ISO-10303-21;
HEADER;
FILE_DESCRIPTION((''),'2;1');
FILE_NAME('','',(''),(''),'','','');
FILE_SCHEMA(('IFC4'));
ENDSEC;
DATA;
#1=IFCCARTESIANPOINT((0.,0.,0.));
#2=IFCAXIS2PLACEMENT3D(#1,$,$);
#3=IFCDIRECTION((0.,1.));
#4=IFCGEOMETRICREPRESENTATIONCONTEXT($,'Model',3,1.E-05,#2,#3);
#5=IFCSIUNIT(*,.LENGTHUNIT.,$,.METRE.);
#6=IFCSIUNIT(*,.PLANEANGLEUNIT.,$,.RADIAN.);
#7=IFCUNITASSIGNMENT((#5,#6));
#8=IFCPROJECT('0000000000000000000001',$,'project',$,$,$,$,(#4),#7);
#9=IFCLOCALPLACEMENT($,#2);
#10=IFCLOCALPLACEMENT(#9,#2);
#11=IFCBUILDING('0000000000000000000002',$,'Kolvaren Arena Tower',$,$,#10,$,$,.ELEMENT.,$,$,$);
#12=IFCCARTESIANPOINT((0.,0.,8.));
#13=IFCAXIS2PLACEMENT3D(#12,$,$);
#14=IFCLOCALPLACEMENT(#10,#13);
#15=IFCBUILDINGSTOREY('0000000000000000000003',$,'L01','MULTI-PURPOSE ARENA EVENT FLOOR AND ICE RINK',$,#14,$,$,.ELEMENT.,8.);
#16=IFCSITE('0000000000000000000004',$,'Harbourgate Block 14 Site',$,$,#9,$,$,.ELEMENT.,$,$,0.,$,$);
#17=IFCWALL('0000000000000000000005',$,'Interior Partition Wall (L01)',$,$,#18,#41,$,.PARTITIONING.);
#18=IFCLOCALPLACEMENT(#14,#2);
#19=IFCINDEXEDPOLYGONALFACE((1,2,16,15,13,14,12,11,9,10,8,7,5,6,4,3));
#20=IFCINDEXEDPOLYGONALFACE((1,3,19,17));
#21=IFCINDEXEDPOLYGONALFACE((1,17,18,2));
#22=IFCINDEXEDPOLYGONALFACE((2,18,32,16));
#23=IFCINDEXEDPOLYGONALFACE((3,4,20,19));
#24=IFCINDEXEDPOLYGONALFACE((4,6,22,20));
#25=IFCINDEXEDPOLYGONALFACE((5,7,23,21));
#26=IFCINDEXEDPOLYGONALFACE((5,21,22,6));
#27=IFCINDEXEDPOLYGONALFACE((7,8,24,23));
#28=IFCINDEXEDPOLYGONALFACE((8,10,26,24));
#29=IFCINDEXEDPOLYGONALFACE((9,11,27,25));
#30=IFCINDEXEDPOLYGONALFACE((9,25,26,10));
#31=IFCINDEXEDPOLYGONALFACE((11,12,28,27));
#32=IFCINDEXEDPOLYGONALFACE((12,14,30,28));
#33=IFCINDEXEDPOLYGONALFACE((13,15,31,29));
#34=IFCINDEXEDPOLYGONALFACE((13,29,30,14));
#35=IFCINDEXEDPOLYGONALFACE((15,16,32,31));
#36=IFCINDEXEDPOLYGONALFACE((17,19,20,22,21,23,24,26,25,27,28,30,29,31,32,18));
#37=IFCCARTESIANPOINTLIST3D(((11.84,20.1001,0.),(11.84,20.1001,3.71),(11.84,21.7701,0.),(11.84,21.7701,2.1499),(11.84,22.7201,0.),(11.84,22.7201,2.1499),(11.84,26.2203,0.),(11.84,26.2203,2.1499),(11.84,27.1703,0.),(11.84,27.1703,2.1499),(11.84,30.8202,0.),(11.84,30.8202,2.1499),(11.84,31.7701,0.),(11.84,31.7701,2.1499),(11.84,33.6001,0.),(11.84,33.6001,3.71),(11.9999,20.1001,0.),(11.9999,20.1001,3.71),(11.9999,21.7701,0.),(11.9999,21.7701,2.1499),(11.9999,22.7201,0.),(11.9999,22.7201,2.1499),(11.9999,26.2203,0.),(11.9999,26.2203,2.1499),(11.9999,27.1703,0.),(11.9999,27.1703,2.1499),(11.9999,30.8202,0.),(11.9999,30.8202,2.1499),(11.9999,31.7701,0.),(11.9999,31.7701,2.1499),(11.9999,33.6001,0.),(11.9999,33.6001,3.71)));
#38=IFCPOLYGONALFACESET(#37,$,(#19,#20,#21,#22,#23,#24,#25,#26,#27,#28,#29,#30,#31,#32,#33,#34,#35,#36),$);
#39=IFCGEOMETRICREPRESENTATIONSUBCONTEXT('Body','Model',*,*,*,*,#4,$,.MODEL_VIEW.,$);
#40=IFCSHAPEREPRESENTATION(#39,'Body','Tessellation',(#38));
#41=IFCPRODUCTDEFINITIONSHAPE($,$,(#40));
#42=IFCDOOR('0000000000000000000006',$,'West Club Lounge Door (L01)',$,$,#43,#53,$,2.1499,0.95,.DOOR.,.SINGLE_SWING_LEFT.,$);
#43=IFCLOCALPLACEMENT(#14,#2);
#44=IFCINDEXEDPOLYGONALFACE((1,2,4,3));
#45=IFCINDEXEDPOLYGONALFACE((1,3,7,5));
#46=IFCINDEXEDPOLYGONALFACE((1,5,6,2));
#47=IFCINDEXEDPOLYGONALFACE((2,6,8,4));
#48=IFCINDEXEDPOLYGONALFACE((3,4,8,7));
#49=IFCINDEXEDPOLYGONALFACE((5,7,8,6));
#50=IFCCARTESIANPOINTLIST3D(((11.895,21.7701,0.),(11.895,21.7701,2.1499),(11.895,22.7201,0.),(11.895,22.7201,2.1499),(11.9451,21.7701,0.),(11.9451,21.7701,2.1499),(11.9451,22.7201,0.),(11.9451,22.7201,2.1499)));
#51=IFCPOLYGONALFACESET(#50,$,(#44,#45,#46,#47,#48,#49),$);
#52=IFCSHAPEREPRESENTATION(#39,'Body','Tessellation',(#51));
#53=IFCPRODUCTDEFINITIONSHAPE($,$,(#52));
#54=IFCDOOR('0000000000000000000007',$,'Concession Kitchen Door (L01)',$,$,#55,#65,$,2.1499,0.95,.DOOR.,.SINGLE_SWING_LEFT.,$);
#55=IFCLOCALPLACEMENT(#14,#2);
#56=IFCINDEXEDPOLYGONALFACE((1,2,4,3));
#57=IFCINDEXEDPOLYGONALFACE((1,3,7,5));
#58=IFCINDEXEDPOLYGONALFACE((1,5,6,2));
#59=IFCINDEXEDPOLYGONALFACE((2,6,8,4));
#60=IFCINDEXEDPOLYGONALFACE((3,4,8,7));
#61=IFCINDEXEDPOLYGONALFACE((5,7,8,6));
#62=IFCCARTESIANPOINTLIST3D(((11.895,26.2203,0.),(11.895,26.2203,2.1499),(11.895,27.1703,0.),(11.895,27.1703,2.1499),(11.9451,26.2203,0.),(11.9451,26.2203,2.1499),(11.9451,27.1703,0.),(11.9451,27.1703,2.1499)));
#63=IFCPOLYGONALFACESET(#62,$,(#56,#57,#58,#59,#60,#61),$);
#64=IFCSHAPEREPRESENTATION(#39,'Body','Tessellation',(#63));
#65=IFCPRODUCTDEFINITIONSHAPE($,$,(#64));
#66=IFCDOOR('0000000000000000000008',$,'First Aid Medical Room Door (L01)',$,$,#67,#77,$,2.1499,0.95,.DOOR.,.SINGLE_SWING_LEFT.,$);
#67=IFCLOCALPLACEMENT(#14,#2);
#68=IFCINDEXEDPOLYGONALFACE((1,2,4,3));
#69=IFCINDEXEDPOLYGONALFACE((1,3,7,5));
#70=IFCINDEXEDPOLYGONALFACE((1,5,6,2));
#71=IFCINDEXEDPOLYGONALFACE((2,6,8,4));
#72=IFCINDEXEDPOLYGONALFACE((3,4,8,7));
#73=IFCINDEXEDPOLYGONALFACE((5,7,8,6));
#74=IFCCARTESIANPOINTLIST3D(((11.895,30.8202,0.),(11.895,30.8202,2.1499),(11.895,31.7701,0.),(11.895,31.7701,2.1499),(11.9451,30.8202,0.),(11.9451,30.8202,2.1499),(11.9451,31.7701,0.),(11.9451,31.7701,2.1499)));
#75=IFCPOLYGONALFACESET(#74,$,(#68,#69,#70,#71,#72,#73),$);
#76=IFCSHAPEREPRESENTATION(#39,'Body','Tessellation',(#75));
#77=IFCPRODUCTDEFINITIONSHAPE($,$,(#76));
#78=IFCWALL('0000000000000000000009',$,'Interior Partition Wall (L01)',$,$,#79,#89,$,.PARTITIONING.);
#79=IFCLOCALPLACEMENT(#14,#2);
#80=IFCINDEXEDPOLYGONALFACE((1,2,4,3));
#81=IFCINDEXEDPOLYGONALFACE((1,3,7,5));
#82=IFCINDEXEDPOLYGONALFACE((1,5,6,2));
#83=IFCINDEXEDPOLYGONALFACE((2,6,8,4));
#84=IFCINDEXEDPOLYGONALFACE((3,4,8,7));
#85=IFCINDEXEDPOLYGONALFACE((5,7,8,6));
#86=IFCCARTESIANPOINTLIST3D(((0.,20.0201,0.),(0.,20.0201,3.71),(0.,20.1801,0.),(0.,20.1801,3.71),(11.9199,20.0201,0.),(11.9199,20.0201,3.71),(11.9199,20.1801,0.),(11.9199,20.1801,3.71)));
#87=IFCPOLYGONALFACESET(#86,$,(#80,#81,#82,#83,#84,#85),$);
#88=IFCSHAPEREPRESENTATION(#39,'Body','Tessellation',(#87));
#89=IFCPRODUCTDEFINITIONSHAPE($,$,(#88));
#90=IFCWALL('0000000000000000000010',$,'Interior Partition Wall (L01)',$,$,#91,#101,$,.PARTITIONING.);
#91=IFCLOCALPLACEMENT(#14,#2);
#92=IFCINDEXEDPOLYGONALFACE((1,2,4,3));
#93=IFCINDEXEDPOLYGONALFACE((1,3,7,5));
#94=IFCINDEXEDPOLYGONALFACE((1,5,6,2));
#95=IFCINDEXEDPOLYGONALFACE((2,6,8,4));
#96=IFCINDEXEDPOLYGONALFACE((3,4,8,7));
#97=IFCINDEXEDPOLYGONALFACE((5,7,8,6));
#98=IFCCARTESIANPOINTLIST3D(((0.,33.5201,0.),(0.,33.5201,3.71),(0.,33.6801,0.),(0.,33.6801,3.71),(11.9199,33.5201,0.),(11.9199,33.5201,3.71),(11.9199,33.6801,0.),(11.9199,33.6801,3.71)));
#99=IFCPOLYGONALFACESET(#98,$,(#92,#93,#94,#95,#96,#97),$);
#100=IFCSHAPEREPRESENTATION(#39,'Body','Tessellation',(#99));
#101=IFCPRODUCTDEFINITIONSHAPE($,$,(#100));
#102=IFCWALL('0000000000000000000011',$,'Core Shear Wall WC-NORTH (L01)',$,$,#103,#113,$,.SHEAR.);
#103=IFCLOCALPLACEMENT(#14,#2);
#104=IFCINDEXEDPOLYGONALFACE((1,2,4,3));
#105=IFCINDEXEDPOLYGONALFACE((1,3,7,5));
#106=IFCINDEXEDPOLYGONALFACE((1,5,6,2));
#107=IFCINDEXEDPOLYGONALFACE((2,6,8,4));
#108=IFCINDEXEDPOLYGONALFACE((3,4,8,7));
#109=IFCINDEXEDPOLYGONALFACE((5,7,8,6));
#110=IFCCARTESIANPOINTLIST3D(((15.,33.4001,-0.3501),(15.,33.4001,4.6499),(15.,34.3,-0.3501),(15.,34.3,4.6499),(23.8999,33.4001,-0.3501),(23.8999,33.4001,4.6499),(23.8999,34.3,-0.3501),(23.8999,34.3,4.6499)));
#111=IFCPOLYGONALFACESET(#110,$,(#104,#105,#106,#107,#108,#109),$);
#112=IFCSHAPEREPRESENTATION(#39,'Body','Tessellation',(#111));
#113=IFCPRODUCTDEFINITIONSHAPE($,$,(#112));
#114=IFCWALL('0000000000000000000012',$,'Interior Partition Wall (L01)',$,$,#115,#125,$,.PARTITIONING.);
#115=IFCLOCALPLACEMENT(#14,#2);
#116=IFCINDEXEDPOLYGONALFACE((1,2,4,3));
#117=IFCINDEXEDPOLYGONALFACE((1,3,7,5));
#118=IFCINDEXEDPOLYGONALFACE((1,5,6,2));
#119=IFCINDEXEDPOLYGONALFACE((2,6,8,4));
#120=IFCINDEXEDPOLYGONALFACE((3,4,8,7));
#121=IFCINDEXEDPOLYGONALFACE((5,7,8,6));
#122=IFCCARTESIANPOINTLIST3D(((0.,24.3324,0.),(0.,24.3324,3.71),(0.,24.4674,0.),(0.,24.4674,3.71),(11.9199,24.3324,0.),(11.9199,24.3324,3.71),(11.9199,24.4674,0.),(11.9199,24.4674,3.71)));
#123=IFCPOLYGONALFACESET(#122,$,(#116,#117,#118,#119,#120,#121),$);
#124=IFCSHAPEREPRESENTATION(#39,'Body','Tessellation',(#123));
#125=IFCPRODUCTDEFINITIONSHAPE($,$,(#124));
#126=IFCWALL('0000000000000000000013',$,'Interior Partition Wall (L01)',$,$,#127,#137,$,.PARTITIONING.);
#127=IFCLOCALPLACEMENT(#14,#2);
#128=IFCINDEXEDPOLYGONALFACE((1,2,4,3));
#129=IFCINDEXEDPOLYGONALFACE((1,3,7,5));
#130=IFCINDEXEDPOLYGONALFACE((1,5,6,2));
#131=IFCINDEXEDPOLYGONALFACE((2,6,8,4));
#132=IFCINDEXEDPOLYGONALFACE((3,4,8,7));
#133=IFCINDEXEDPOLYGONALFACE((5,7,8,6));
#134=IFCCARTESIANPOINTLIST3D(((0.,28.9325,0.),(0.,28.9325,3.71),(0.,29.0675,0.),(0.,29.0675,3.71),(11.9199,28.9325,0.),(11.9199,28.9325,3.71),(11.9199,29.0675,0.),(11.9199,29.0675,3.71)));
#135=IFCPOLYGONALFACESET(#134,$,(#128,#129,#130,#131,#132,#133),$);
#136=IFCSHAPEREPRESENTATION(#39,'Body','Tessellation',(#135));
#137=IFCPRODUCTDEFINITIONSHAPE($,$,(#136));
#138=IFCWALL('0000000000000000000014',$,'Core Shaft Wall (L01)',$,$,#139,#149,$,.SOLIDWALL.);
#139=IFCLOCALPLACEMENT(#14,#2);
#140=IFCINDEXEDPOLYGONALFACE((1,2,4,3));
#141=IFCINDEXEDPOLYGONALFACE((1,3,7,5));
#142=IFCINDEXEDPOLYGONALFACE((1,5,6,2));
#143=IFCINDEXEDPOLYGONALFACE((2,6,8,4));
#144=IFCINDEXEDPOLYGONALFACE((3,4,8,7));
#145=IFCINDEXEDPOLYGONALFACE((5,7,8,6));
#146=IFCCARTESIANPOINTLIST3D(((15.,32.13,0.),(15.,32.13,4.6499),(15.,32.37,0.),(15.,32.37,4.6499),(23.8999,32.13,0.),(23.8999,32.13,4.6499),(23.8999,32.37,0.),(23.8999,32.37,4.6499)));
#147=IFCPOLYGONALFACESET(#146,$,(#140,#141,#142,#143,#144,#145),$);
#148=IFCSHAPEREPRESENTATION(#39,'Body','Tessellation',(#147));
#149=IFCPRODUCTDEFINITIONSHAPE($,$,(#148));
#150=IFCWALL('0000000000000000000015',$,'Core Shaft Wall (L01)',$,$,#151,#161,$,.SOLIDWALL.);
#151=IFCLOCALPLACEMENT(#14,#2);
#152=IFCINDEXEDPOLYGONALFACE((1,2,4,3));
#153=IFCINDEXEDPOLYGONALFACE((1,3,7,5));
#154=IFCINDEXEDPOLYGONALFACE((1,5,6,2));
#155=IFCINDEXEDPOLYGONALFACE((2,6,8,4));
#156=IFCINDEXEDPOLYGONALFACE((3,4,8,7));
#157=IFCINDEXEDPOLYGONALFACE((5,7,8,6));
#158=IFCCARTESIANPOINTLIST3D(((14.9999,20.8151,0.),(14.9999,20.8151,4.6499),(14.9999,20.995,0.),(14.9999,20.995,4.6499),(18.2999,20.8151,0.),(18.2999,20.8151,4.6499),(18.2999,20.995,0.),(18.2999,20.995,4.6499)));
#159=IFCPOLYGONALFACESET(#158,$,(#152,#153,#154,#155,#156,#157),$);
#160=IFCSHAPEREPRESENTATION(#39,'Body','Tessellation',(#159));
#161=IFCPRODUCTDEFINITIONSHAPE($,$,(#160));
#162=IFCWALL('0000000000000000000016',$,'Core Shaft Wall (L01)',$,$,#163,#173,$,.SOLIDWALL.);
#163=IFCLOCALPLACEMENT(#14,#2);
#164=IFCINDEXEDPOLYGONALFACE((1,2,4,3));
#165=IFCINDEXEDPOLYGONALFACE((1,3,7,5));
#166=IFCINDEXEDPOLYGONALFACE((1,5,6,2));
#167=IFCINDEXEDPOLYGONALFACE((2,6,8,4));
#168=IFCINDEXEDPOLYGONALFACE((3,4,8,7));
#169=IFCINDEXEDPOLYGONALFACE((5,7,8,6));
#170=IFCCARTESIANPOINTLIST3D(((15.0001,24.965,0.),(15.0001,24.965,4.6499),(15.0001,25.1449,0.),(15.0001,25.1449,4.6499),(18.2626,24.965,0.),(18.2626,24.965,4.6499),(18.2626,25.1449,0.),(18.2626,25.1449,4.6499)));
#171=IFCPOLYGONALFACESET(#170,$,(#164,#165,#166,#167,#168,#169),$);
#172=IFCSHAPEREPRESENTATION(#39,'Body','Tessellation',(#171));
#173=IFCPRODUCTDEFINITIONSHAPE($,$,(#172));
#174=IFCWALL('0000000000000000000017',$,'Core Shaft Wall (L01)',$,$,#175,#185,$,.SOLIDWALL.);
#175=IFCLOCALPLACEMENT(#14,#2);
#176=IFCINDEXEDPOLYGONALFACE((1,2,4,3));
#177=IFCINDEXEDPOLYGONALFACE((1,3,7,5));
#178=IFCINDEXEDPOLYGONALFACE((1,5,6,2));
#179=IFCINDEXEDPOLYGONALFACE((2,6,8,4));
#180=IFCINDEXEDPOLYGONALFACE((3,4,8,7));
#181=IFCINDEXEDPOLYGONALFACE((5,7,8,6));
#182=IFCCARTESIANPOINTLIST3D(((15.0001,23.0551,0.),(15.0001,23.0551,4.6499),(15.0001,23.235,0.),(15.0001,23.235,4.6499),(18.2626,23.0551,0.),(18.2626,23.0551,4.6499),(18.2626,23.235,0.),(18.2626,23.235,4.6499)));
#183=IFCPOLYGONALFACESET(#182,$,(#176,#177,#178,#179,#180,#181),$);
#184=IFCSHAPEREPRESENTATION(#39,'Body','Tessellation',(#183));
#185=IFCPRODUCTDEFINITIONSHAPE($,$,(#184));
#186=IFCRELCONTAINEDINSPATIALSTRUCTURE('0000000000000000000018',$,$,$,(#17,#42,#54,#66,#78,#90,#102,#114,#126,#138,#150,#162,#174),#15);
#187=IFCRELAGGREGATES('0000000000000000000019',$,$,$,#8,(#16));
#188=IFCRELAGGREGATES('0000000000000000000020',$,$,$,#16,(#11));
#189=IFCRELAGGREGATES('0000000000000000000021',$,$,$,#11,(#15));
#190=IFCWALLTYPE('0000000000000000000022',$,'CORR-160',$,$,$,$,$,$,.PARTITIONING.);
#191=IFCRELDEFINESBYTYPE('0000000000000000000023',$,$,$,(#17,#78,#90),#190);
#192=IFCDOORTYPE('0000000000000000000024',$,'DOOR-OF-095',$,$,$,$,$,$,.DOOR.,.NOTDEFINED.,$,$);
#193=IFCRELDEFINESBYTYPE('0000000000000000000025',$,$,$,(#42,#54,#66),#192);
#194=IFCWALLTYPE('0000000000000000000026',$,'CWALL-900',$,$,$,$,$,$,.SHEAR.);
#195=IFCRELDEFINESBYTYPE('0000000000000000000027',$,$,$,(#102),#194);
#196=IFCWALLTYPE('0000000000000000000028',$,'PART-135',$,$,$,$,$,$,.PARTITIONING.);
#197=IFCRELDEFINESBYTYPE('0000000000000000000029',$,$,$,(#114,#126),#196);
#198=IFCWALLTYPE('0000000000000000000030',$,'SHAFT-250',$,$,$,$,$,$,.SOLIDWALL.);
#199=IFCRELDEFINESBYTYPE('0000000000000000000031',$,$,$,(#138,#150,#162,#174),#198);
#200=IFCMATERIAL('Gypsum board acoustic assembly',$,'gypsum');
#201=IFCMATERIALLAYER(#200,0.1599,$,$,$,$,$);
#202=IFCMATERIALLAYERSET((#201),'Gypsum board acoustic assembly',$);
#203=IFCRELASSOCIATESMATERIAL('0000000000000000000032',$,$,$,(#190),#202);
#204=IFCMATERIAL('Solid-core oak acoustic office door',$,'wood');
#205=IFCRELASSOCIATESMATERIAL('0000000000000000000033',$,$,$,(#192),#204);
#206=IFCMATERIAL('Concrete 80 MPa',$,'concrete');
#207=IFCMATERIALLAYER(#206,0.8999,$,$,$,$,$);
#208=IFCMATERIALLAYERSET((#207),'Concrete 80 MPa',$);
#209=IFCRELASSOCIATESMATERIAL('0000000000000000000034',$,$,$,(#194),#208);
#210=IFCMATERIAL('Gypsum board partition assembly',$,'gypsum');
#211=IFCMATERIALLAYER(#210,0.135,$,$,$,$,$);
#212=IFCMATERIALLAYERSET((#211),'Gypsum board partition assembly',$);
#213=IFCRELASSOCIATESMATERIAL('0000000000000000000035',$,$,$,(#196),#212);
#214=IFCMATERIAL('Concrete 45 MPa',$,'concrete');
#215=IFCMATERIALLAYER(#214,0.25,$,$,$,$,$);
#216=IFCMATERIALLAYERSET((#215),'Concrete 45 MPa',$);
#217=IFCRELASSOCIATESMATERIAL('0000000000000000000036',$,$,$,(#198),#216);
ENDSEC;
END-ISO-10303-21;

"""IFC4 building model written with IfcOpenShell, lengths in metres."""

from ifc_helpers import new_model, si_unit, direction, frame, frame_2d, origin, place, context, subcontext, project, spatial, rectangle, extrude, material, layer, layer_set, type_object, element, fill, save


model = new_model("IFC4")

# Units and contexts
model_context = context("Model", 3, precision=1e-05, world=origin(), true_north=direction((0.0, 1.0)))
body_context = subcontext(model_context, "Body", "Model", "MODEL_VIEW")
ifc_project = project(units=[si_unit("LENGTHUNIT", "METRE"), si_unit("PLANEANGLEUNIT", "RADIAN")], contexts=[model_context])

# Site, building, storey
site_placement = place(None, origin())
site = spatial("IfcSite", under=ifc_project, at=site_placement, Name="Harbourgate Block 14 Site", CompositionType="ELEMENT", RefElevation=0.0)
building_placement = place(site_placement, origin())
building = spatial("IfcBuilding", under=site, at=building_placement, Name="Kolvaren Arena Tower", CompositionType="ELEMENT")
storey_placement = place(building_placement, frame((0.0, 0.0, 8.0)))
storey = spatial("IfcBuildingStorey", under=building, at=storey_placement, Name="L01", Description="MULTI-PURPOSE ARENA EVENT FLOOR AND ICE RINK", CompositionType="ELEMENT", Elevation=8.0)

# Wall, openings, doors
ifc_material_1 = material(Name="Gypsum board acoustic assembly", Category="gypsum")
ifc_layer_1 = layer(ifc_material_1, 0.1599)
ifc_layer_set_1 = layer_set([ifc_layer_1], Name="Gypsum board acoustic assembly")
wall_type_1 = type_object("IfcWallType", Name="CORR-160", PredefinedType="PARTITIONING", material=ifc_layer_set_1)
wall_1_placement = place(storey_placement, frame((11.9199, 20.1001, 0.0), z_axis=(0.0, 0.0, 1.0), x_axis=(0.0, 1.0, 0.0)))
wall_1 = element("IfcWall", 1, at=wall_1_placement, inside=storey, type_object=wall_type_1, Name="Interior Partition Wall (L01)", PredefinedType="PARTITIONING", context=body_context, shape_type="SweptSolid", body=[
    extrude(rectangle(XDim=13.5, YDim=0.1599, at=frame_2d((6.75, 0.0))), origin(), (0.0, 0.0, 1.0), 3.71),
])
opening_1_placement = place(wall_1_placement, frame((1.6699, 0.0, 0.0)))
opening_1 = element("IfcOpeningElement", 2, at=opening_1_placement, cuts=wall_1, PredefinedType="OPENING", context=body_context, shape_type="SweptSolid", body=[
    extrude(rectangle(XDim=0.95, YDim=2.1499, at=frame_2d((0.4751, 1.075))), frame((0.0, 0.0898, 0.0), z_axis=(0.0, -1.0, 0.0), x_axis=(1.0, 0.0, 0.0)), (0.0, 0.0, 1.0), 0.1799),
])
opening_2_placement = place(wall_1_placement, frame((6.1201, 0.0, 0.0)))
opening_2 = element("IfcOpeningElement", 3, at=opening_2_placement, cuts=wall_1, PredefinedType="OPENING", context=body_context, shape_type="SweptSolid", body=[
    extrude(rectangle(XDim=0.95, YDim=2.1499, at=frame_2d((0.4751, 1.075))), frame((0.0, 0.0898, 0.0), z_axis=(0.0, -1.0, 0.0), x_axis=(1.0, 0.0, 0.0)), (0.0, 0.0, 1.0), 0.1799),
])
opening_3_placement = place(wall_1_placement, frame((10.72, 0.0, 0.0)))
opening_3 = element("IfcOpeningElement", 4, at=opening_3_placement, cuts=wall_1, PredefinedType="OPENING", context=body_context, shape_type="SweptSolid", body=[
    extrude(rectangle(XDim=0.95, YDim=2.1499, at=frame_2d((0.4751, 1.075))), frame((0.0, 0.0898, 0.0), z_axis=(0.0, -1.0, 0.0), x_axis=(1.0, 0.0, 0.0)), (0.0, 0.0, 1.0), 0.1799),
])
ifc_material_2 = material(Name="Solid-core oak acoustic office door", Category="wood")
door_type_1 = type_object("IfcDoorType", Name="DOOR-OF-095", OperationType="NOTDEFINED", PredefinedType="DOOR", material=ifc_material_2)
door_1_placement = place(opening_1_placement, origin())
door_1 = element("IfcDoor", 5, at=door_1_placement, inside=storey, type_object=door_type_1, Name="West Club Lounge Door (L01)", OperationType="SINGLE_SWING_LEFT", OverallHeight=2.1499, OverallWidth=0.95, PredefinedType="DOOR", context=body_context, shape_type="SweptSolid", body=[
    extrude(rectangle(XDim=0.95, YDim=2.1499, at=frame_2d((0.4751, 1.075))), frame((0.0, 0.0249, 0.0), z_axis=(0.0, -1.0, 0.0), x_axis=(1.0, 0.0, 0.0)), (0.0, 0.0, 1.0), 0.05),
])
fill(opening_1, door_1)
door_2_placement = place(opening_2_placement, origin())
door_2 = element("IfcDoor", 6, at=door_2_placement, inside=storey, type_object=door_type_1, Name="Concession Kitchen Door (L01)", OperationType="SINGLE_SWING_LEFT", OverallHeight=2.1499, OverallWidth=0.95, PredefinedType="DOOR", context=body_context, shape_type="SweptSolid", body=[
    extrude(rectangle(XDim=0.95, YDim=2.1499, at=frame_2d((0.4751, 1.075))), frame((0.0, 0.0249, 0.0), z_axis=(0.0, -1.0, 0.0), x_axis=(1.0, 0.0, 0.0)), (0.0, 0.0, 1.0), 0.05),
])
fill(opening_2, door_2)
door_3_placement = place(opening_3_placement, origin())
door_3 = element("IfcDoor", 7, at=door_3_placement, inside=storey, type_object=door_type_1, Name="First Aid Medical Room Door (L01)", OperationType="SINGLE_SWING_LEFT", OverallHeight=2.1499, OverallWidth=0.95, PredefinedType="DOOR", context=body_context, shape_type="SweptSolid", body=[
    extrude(rectangle(XDim=0.95, YDim=2.1499, at=frame_2d((0.4751, 1.075))), frame((0.0, 0.0249, 0.0), z_axis=(0.0, -1.0, 0.0), x_axis=(1.0, 0.0, 0.0)), (0.0, 0.0, 1.0), 0.05),
])
fill(opening_3, door_3)

# Walls
for number, where, z_axis, x_axis, name in (
    (8, (0.0, 20.1001, 0.0), (0.0, 0.0, 1.0), (1.0, 0.0, 0.0), "Interior Partition Wall (L01)"),
    (9, (0.0, 33.6001, 0.0), (0.0, 0.0, 1.0), (1.0, 0.0, 0.0), "Interior Partition Wall (L01)"),
):
    element("IfcWall", number, at=place(storey_placement, frame(where, z_axis=z_axis, x_axis=x_axis)), inside=storey, type_object=wall_type_1, Name=name, PredefinedType="PARTITIONING", context=body_context, shape_type="SweptSolid", body=[
        extrude(rectangle(XDim=11.9199, YDim=0.1599, at=frame_2d((5.96, 0.0))), origin(), (0.0, 0.0, 1.0), 3.71),
    ])
ifc_material_3 = material(Name="Concrete 80 MPa", Category="concrete")
ifc_layer_2 = layer(ifc_material_3, 0.8999)
ifc_layer_set_2 = layer_set([ifc_layer_2], Name="Concrete 80 MPa")
wall_type_2 = type_object("IfcWallType", Name="CWALL-900", PredefinedType="SHEAR", material=ifc_layer_set_2)
wall_2_placement = place(storey_placement, frame((15.0, 33.8501, -0.3501), z_axis=(0.0, 0.0, 1.0), x_axis=(1.0, 0.0, 0.0)))
element("IfcWall", 10, at=wall_2_placement, inside=storey, type_object=wall_type_2, Name="Core Shear Wall WC-NORTH (L01)", PredefinedType="SHEAR", context=body_context, shape_type="SweptSolid", body=[
    extrude(rectangle(XDim=8.8999, YDim=0.8999, at=frame_2d((4.45, 0.0))), origin(), (0.0, 0.0, 1.0), 5.0),
])
ifc_material_4 = material(Name="Gypsum board partition assembly", Category="gypsum")
ifc_layer_3 = layer(ifc_material_4, 0.135)
ifc_layer_set_3 = layer_set([ifc_layer_3], Name="Gypsum board partition assembly")
wall_type_3 = type_object("IfcWallType", Name="PART-135", PredefinedType="PARTITIONING", material=ifc_layer_set_3)
for number, where, z_axis, x_axis, name in (
    (11, (0.0, 24.3999, 0.0), (0.0, 0.0, 1.0), (1.0, 0.0, 0.0), "Interior Partition Wall (L01)"),
    (12, (0.0, 29.0, 0.0), (0.0, 0.0, 1.0), (1.0, 0.0, 0.0), "Interior Partition Wall (L01)"),
):
    element("IfcWall", number, at=place(storey_placement, frame(where, z_axis=z_axis, x_axis=x_axis)), inside=storey, type_object=wall_type_3, Name=name, PredefinedType="PARTITIONING", context=body_context, shape_type="SweptSolid", body=[
        extrude(rectangle(XDim=11.9199, YDim=0.135, at=frame_2d((5.96, 0.0))), origin(), (0.0, 0.0, 1.0), 3.71),
    ])
ifc_material_5 = material(Name="Concrete 45 MPa", Category="concrete")
ifc_layer_4 = layer(ifc_material_5, 0.25)
ifc_layer_set_4 = layer_set([ifc_layer_4], Name="Concrete 45 MPa")
wall_type_4 = type_object("IfcWallType", Name="SHAFT-250", PredefinedType="SOLIDWALL", material=ifc_layer_set_4)
wall_3_placement = place(storey_placement, frame((15.0, 32.25, 0.0), z_axis=(0.0, 0.0, 1.0), x_axis=(1.0, 0.0, 0.0)))
element("IfcWall", 13, at=wall_3_placement, inside=storey, type_object=wall_type_4, Name="Core Shaft Wall (L01)", PredefinedType="SOLIDWALL", context=body_context, shape_type="SweptSolid", body=[
    extrude(rectangle(XDim=8.8999, YDim=0.24, at=frame_2d((4.45, 0.0))), origin(), (0.0, 0.0, 1.0), 4.6499),
])
wall_4_placement = place(storey_placement, frame((15.0, 20.905, 0.0), z_axis=(0.0, 0.0, 1.0), x_axis=(1.0, 0.0, 0.0)))
element("IfcWall", 14, at=wall_4_placement, inside=storey, type_object=wall_type_4, Name="Core Shaft Wall (L01)", PredefinedType="SOLIDWALL", context=body_context, shape_type="SweptSolid", body=[
    extrude(rectangle(XDim=3.3, YDim=0.1799, at=frame_2d((1.6499, 0.0))), origin(), (0.0, 0.0, 1.0), 4.6499),
])
for number, where, z_axis, x_axis, name in (
    (15, (15.0, 25.0549, 0.0), (0.0, 0.0, 1.0), (1.0, 0.0, 0.0), "Core Shaft Wall (L01)"),
    (16, (15.0, 23.145, 0.0), (0.0, 0.0, 1.0), (1.0, 0.0, 0.0), "Core Shaft Wall (L01)"),
):
    element("IfcWall", number, at=place(storey_placement, frame(where, z_axis=z_axis, x_axis=x_axis)), inside=storey, type_object=wall_type_4, Name=name, PredefinedType="SOLIDWALL", context=body_context, shape_type="SweptSolid", body=[
        extrude(rectangle(XDim=3.2625, YDim=0.1799, at=frame_2d((1.6313, 0.0))), origin(), (0.0, 0.0, 1.0), 4.6499),
    ])

save(model, "model.ifc")
